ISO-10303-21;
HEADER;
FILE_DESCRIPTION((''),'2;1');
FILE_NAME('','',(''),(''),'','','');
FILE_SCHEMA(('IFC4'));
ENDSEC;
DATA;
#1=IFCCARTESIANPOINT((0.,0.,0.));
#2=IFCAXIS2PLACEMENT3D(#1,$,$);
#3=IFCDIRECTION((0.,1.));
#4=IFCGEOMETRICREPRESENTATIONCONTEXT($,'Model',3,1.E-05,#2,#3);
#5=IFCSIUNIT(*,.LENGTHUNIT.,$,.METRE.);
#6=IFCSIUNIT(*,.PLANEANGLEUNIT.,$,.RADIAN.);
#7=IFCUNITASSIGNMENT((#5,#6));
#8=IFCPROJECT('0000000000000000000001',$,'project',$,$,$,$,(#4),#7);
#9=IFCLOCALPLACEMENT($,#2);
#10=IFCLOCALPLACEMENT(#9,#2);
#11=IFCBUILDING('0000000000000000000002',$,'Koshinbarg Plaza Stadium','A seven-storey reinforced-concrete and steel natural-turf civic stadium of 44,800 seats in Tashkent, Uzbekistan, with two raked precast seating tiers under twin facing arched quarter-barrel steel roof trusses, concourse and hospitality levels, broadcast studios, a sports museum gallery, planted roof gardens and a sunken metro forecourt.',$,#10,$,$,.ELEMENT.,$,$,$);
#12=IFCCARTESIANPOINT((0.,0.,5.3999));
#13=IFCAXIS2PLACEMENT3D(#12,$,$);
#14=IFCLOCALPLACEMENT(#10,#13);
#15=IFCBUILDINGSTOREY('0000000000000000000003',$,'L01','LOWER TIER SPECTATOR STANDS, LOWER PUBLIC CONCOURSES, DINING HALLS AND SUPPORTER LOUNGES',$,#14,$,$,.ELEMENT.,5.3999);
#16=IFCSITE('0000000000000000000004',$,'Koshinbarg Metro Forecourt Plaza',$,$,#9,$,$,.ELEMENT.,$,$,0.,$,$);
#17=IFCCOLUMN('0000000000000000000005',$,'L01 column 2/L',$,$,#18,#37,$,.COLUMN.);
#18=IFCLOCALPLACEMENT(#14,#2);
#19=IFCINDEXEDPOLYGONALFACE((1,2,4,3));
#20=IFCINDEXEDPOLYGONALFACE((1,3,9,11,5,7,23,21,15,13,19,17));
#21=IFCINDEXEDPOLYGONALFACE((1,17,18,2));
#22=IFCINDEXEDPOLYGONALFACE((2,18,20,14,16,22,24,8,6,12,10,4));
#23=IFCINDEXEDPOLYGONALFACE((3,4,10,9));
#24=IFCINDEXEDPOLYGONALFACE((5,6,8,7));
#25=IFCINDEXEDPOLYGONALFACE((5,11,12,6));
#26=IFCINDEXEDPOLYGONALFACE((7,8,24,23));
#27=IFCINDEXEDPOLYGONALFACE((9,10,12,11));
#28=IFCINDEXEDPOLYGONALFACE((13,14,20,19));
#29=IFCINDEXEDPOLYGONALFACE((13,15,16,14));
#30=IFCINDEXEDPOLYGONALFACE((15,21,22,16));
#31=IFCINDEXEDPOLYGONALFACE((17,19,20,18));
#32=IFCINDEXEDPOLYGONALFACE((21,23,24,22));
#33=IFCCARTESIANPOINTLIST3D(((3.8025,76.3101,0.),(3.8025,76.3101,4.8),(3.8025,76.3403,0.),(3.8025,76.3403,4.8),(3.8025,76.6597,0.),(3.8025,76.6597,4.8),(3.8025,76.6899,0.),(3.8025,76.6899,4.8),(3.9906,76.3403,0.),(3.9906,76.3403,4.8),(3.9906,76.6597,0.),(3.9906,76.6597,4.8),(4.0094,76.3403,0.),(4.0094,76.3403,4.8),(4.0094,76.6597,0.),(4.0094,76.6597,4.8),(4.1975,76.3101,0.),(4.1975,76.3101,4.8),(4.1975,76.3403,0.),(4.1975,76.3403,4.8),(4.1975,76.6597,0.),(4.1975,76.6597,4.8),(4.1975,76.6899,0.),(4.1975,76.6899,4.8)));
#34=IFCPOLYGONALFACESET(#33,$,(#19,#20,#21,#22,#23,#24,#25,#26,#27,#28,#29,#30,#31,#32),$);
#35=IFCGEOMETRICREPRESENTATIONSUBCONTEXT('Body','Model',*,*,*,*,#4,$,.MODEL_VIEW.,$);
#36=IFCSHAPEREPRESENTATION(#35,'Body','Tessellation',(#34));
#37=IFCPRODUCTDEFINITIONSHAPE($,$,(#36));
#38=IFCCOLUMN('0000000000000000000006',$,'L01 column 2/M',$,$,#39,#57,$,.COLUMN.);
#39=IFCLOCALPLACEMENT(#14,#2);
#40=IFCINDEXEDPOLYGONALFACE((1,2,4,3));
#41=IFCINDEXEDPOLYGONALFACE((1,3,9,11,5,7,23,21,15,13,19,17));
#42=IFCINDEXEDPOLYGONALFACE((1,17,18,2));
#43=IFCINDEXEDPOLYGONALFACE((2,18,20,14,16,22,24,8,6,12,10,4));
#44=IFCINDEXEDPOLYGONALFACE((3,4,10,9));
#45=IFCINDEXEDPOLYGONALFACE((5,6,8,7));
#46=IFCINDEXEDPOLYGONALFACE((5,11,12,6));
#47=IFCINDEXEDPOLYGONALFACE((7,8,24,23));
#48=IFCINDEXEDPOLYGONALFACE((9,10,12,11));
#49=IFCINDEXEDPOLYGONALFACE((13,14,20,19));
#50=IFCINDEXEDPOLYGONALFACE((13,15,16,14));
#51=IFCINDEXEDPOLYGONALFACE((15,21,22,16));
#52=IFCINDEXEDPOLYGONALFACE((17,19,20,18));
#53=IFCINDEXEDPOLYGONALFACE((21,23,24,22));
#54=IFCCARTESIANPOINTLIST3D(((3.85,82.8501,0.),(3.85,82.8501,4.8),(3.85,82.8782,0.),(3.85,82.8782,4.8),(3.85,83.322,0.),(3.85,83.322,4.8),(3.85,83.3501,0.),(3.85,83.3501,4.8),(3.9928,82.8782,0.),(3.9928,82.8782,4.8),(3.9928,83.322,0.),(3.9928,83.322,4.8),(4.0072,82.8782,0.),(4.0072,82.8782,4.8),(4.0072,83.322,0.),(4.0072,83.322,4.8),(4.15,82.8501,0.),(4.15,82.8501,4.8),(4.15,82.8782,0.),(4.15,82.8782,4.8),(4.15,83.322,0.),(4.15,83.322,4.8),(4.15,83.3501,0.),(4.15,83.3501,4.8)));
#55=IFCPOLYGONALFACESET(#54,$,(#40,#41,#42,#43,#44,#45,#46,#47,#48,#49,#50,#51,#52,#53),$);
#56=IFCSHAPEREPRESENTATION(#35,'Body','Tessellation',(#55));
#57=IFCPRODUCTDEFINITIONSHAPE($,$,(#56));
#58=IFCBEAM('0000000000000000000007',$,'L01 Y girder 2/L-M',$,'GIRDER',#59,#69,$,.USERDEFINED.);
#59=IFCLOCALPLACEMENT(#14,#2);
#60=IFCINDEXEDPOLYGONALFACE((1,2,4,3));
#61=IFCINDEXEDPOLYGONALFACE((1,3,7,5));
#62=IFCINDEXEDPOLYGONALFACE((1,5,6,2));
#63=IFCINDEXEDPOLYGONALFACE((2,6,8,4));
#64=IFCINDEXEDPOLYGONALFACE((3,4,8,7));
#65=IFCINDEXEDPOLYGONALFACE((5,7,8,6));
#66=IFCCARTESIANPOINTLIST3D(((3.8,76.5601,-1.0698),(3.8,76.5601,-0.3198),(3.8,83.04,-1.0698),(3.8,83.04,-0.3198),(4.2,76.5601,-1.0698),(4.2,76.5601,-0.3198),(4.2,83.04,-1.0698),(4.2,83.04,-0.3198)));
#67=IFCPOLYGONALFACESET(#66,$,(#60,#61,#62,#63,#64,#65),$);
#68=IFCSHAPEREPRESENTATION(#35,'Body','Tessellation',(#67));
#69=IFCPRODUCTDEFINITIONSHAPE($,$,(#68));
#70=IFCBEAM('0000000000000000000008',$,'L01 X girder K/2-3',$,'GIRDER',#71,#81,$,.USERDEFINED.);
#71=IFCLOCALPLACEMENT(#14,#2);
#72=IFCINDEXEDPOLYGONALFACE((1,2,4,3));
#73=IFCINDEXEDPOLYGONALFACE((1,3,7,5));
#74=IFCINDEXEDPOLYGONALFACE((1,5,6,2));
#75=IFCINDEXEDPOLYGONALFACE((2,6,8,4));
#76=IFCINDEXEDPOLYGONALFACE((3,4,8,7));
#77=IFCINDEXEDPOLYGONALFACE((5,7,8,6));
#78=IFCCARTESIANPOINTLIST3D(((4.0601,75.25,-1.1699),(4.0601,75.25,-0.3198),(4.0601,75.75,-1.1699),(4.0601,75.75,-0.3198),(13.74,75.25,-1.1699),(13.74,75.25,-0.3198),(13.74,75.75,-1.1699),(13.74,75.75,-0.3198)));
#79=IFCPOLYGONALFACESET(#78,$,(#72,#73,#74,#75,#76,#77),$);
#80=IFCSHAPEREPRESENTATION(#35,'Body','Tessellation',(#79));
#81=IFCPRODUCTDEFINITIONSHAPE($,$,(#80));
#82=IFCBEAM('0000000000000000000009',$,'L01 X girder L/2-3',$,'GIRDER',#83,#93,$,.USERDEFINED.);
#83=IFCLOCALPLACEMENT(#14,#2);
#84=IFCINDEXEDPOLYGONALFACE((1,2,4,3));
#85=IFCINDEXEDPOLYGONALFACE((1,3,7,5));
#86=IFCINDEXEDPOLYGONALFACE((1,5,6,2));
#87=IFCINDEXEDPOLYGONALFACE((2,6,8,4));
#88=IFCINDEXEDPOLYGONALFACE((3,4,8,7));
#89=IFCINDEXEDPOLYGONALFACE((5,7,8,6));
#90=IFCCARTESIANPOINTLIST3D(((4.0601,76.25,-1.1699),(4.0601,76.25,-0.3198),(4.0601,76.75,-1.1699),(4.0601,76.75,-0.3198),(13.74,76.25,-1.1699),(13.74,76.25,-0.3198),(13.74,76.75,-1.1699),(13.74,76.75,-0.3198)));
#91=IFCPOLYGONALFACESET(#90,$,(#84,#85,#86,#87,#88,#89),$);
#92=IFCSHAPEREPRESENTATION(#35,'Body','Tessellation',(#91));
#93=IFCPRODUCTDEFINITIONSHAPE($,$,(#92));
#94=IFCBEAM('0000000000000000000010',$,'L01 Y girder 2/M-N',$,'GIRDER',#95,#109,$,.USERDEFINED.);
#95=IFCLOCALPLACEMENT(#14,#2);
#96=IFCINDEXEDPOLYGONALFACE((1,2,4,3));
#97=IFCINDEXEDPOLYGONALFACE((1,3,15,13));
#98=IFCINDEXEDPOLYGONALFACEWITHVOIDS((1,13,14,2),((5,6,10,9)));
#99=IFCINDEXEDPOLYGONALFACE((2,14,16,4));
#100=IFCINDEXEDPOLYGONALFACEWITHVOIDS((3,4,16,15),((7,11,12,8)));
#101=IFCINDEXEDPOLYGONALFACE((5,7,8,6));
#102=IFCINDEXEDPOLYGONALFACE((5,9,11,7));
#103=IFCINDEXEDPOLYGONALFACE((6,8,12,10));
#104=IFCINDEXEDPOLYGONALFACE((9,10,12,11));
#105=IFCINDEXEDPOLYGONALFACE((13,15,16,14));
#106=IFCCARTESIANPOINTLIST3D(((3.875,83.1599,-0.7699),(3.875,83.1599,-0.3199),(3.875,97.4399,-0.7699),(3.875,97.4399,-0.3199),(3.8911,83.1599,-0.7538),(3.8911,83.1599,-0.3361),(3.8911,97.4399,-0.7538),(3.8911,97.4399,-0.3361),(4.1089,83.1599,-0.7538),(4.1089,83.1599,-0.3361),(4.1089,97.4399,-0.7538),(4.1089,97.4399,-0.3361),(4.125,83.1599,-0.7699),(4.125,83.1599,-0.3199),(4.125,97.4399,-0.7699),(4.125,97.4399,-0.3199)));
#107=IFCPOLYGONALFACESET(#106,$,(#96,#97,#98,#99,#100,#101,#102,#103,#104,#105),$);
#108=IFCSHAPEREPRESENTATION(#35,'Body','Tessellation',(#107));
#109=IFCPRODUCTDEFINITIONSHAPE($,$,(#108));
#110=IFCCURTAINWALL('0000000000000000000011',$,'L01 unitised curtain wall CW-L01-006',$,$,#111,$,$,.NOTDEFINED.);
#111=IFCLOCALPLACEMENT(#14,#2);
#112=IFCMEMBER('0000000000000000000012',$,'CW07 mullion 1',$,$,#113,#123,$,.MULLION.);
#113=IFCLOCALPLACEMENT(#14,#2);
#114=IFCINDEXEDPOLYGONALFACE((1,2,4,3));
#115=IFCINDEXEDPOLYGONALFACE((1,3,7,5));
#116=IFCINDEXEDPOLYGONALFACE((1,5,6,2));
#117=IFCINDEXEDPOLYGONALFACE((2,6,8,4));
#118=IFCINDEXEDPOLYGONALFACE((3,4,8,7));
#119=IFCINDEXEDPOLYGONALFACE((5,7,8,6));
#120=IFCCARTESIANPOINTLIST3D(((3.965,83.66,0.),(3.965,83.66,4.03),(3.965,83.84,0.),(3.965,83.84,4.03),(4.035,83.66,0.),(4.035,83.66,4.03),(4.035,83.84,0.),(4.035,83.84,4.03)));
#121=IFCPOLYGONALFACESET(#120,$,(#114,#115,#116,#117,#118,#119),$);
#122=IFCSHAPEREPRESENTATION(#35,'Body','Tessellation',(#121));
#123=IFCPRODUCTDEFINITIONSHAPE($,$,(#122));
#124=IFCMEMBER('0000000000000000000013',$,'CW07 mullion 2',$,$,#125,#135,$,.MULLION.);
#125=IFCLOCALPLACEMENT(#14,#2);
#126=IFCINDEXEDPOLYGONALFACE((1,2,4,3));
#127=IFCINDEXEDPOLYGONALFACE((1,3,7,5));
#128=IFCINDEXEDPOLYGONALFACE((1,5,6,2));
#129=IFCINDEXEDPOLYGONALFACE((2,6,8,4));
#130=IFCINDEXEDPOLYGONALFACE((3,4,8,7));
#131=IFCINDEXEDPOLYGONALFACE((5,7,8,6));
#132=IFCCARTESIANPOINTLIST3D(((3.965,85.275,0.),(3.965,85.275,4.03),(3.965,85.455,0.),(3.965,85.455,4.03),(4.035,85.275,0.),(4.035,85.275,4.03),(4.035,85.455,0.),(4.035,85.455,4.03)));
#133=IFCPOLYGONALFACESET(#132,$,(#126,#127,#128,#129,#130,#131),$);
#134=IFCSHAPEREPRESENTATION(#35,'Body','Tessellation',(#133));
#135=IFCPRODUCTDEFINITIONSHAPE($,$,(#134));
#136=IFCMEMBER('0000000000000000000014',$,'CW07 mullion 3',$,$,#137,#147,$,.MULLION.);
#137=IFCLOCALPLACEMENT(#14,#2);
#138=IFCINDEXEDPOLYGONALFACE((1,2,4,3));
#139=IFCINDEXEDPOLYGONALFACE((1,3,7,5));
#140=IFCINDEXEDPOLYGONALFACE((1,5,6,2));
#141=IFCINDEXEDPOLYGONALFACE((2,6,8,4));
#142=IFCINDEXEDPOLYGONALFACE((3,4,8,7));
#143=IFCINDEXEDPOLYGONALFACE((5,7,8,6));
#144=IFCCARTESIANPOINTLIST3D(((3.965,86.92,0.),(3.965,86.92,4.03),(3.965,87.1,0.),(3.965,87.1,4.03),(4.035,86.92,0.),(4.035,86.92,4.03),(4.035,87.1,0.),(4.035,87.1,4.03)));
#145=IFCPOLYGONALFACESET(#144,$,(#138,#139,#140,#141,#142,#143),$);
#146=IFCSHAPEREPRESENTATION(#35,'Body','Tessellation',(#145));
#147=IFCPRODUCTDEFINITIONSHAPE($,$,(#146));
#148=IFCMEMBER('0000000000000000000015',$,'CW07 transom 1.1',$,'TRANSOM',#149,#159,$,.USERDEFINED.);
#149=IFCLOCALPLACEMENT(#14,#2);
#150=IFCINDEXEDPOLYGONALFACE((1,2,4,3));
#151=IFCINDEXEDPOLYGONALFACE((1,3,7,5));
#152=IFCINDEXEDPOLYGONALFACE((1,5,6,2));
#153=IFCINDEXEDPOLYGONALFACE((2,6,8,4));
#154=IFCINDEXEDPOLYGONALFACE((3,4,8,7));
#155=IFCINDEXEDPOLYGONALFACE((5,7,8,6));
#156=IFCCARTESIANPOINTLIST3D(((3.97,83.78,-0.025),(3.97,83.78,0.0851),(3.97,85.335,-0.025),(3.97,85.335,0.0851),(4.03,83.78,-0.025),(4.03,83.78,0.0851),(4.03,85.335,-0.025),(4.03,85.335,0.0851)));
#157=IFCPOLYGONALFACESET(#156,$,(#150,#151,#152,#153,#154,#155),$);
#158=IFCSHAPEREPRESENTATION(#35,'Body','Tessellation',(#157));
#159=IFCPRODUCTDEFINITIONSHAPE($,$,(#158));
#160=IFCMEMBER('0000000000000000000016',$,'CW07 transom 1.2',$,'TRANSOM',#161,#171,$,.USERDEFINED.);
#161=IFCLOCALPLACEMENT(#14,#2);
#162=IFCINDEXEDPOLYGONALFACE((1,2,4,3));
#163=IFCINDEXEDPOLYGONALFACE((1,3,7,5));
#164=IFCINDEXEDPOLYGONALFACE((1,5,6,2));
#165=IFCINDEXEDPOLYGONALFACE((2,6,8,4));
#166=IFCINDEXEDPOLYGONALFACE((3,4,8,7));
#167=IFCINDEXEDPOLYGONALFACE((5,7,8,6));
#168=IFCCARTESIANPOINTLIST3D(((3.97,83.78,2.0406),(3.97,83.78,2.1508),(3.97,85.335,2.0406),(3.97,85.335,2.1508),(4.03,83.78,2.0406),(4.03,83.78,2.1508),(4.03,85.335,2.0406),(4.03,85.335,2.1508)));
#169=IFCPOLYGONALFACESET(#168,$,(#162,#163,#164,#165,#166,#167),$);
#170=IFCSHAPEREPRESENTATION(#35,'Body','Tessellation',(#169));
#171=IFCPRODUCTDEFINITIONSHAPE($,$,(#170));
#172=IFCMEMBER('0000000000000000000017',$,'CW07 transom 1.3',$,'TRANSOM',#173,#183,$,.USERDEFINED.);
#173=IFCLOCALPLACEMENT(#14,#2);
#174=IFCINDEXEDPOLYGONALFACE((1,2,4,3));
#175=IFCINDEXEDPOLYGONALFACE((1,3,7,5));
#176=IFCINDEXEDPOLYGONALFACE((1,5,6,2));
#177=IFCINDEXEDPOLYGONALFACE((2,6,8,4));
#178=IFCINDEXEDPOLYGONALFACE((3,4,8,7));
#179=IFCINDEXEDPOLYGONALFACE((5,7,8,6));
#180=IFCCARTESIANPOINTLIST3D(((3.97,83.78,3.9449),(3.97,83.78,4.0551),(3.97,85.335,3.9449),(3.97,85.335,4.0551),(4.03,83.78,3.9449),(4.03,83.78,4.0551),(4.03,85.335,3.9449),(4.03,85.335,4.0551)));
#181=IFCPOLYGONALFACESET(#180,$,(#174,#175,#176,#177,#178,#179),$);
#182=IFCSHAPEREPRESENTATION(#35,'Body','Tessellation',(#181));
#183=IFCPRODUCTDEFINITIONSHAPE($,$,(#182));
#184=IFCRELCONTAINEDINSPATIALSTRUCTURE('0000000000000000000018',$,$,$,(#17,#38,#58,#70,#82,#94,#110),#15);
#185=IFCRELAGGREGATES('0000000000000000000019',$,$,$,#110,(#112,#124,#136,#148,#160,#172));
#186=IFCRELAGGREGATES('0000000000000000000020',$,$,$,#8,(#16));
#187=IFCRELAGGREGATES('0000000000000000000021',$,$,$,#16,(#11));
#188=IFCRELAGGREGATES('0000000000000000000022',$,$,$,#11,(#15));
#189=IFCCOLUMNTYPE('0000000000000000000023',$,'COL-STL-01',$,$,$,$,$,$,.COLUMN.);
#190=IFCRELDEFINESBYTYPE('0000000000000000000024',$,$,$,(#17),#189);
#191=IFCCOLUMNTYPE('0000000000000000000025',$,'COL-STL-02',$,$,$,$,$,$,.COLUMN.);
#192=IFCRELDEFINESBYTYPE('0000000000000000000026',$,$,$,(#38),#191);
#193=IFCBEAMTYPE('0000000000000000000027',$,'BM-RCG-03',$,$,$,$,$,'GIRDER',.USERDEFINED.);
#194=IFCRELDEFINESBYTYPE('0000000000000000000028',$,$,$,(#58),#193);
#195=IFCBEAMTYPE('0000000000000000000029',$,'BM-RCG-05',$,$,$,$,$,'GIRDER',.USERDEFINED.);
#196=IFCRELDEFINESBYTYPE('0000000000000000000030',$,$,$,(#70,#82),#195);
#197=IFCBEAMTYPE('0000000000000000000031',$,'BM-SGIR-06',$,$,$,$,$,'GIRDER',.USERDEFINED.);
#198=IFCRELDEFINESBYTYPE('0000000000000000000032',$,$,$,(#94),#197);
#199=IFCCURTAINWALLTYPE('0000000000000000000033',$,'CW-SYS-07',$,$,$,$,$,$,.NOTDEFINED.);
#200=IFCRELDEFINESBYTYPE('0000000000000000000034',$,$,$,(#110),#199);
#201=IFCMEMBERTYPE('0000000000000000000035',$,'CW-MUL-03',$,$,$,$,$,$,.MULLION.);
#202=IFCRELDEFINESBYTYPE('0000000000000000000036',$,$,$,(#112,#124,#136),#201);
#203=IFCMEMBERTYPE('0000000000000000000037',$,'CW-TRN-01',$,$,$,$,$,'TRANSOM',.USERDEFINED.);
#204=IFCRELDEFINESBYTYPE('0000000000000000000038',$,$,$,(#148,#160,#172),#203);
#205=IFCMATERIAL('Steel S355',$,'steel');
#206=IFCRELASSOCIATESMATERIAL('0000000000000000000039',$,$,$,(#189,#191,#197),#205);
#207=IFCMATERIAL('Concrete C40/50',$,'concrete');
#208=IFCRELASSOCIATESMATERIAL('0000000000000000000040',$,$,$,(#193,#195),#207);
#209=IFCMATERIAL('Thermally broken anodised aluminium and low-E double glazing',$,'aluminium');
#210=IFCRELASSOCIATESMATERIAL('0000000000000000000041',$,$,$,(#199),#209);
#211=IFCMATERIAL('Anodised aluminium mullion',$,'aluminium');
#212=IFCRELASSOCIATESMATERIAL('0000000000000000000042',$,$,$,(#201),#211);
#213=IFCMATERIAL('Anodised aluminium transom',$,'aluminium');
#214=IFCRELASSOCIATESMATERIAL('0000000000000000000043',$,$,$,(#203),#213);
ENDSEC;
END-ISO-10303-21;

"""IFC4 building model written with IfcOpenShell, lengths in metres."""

from ifc_helpers import new_model, si_unit, direction, frame, origin, origin_2d, place, context, subcontext, project, spatial, rectangle, hollow_rectangle, i_section, extrude, material, material_profile, profile_set, type_object, element, aggregate, save


model = new_model("IFC4")

# Units and contexts
model_context = context("Model", 3, precision=1e-05, world=origin(), true_north=direction((0.0, 1.0)))
body_context = subcontext(model_context, "Body", "Model", "MODEL_VIEW")
ifc_project = project(units=[si_unit("LENGTHUNIT", "METRE"), si_unit("PLANEANGLEUNIT", "RADIAN")], contexts=[model_context])

# Site, building, storey
site_placement = place(None, origin())
site = spatial("IfcSite", under=ifc_project, at=site_placement, Name="Koshinbarg Metro Forecourt Plaza", CompositionType="ELEMENT", RefElevation=0.0)
building_placement = place(site_placement, origin())
building = spatial("IfcBuilding", under=site, at=building_placement, Name="Koshinbarg Plaza Stadium", Description="A seven-storey reinforced-concrete and steel natural-turf civic stadium of 44,800 seats in Tashkent, Uzbekistan, with two raked precast seating tiers under twin facing arched quarter-barrel steel roof trusses, concourse and hospitality levels, broadcast studios, a sports museum gallery, planted roof gardens and a sunken metro forecourt.", CompositionType="ELEMENT")
storey_placement = place(building_placement, frame((0.0, 0.0, 5.3999)))
storey = spatial("IfcBuildingStorey", under=building, at=storey_placement, Name="L01", Description="LOWER TIER SPECTATOR STANDS, LOWER PUBLIC CONCOURSES, DINING HALLS AND SUPPORTER LOUNGES", CompositionType="ELEMENT", Elevation=5.3999)

# Columns
ifc_material_1 = material(Name="Steel S355", Category="steel")
ifc_material_profile_1 = material_profile(ifc_material_1, i_section(OverallWidth=0.395, OverallDepth=0.3799, WebThickness=0.0188, FlangeThickness=0.0303, at=origin_2d()), Name="HD 400x237")
ifc_profile_set_1 = profile_set([ifc_material_profile_1], Name="Steel S355")
column_type_1 = type_object("IfcColumnType", Name="COL-STL-01", PredefinedType="COLUMN", material=ifc_profile_set_1)
column_1_placement = place(storey_placement, frame((4.0, 76.5, 0.0), z_axis=(0.0, 0.0, 1.0), x_axis=(1.0, 0.0, 0.0)))
element("IfcColumn", 1, at=column_1_placement, inside=storey, type_object=column_type_1, Name="L01 column 2/L", PredefinedType="COLUMN", context=body_context, shape_type="SweptSolid", body=[
    extrude(i_section(OverallWidth=0.395, OverallDepth=0.3799, WebThickness=0.0188, FlangeThickness=0.0303, at=origin_2d()), origin(), (0.0, 0.0, 1.0), 4.8),
])
ifc_material_profile_2 = material_profile(ifc_material_1, i_section(OverallWidth=0.3, OverallDepth=0.5, WebThickness=0.0144, FlangeThickness=0.0281, at=origin_2d()), Name="HEB 500")
ifc_profile_set_2 = profile_set([ifc_material_profile_2], Name="Steel S355")
column_type_2 = type_object("IfcColumnType", Name="COL-STL-02", PredefinedType="COLUMN", material=ifc_profile_set_2)
column_2_placement = place(storey_placement, frame((4.0, 83.1001, 0.0), z_axis=(0.0, 0.0, 1.0), x_axis=(1.0, 0.0, 0.0)))
element("IfcColumn", 2, at=column_2_placement, inside=storey, type_object=column_type_2, Name="L01 column 2/M", PredefinedType="COLUMN", context=body_context, shape_type="SweptSolid", body=[
    extrude(i_section(OverallWidth=0.3, OverallDepth=0.5, WebThickness=0.0144, FlangeThickness=0.0281, at=origin_2d()), origin(), (0.0, 0.0, 1.0), 4.8),
])

# Beams
ifc_material_2 = material(Name="Concrete C40/50", Category="concrete")
ifc_material_profile_3 = material_profile(ifc_material_2, rectangle(XDim=0.3999, YDim=0.75, at=origin_2d()), Name="RC 400x750")
ifc_profile_set_3 = profile_set([ifc_material_profile_3], Name="Concrete C40/50")
beam_type_1 = type_object("IfcBeamType", Name="BM-RCG-03", ElementType="GIRDER", PredefinedType="USERDEFINED", material=ifc_profile_set_3)
beam_1_placement = place(storey_placement, frame((4.0, 76.5601, -0.6948), z_axis=(0.0, 1.0, 0.0), x_axis=(-1.0, 0.0, 0.0)))
element("IfcBeam", 3, at=beam_1_placement, inside=storey, type_object=beam_type_1, Name="L01 Y girder 2/L-M", ObjectType="GIRDER", PredefinedType="USERDEFINED", context=body_context, shape_type="SweptSolid", body=[
    extrude(rectangle(XDim=0.3999, YDim=0.75, at=origin_2d()), origin(), (0.0, 0.0, 1.0), 6.48),
])
ifc_material_profile_4 = material_profile(ifc_material_2, rectangle(XDim=0.5, YDim=0.8501, at=origin_2d()), Name="RC 500x850")
ifc_profile_set_4 = profile_set([ifc_material_profile_4], Name="Concrete C40/50")
beam_type_2 = type_object("IfcBeamType", Name="BM-RCG-05", ElementType="GIRDER", PredefinedType="USERDEFINED", material=ifc_profile_set_4)
for number, where, z_axis, x_axis, name in (
    (4, (4.0601, 75.5, -0.7449), (1.0, 0.0, 0.0), (0.0, 1.0, 0.0), "L01 X girder K/2-3"),
    (5, (4.0601, 76.5, -0.7449), (1.0, 0.0, 0.0), (0.0, 1.0, 0.0), "L01 X girder L/2-3"),
):
    element("IfcBeam", number, at=place(storey_placement, frame(where, z_axis=z_axis, x_axis=x_axis)), inside=storey, type_object=beam_type_2, Name=name, ObjectType="GIRDER", PredefinedType="USERDEFINED", context=body_context, shape_type="SweptSolid", body=[
        extrude(rectangle(XDim=0.5, YDim=0.8501, at=origin_2d()), origin(), (0.0, 0.0, 1.0), 9.6799),
    ])
ifc_material_profile_5 = material_profile(ifc_material_1, hollow_rectangle(XDim=0.25, YDim=0.45, WallThickness=0.0161, at=origin_2d()), Name="RHS 450x250x16")
ifc_profile_set_5 = profile_set([ifc_material_profile_5], Name="Steel S355")
beam_type_3 = type_object("IfcBeamType", Name="BM-SGIR-06", ElementType="GIRDER", PredefinedType="USERDEFINED", material=ifc_profile_set_5)
beam_2_placement = place(storey_placement, frame((4.0, 83.1599, -0.5449), z_axis=(0.0, 1.0, 0.0), x_axis=(-1.0, 0.0, 0.0)))
element("IfcBeam", 6, at=beam_2_placement, inside=storey, type_object=beam_type_3, Name="L01 Y girder 2/M-N", ObjectType="GIRDER", PredefinedType="USERDEFINED", context=body_context, shape_type="SweptSolid", body=[
    extrude(hollow_rectangle(XDim=0.25, YDim=0.45, WallThickness=0.0161, at=origin_2d()), origin(), (0.0, 0.0, 1.0), 14.28),
])

# Curtain wall, members
ifc_material_3 = material(Name="Thermally broken anodised aluminium and low-E double glazing", Category="aluminium")
curtain_wall_type = type_object("IfcCurtainWallType", Name="CW-SYS-07", PredefinedType="NOTDEFINED", material=ifc_material_3)
curtain_wall_placement = place(storey_placement, origin())
curtain_wall = element("IfcCurtainWall", 7, at=curtain_wall_placement, inside=storey, type_object=curtain_wall_type, Name="L01 unitised curtain wall CW-L01-006", PredefinedType="NOTDEFINED")
ifc_material_4 = material(Name="Anodised aluminium mullion", Category="aluminium")
ifc_material_profile_6 = material_profile(ifc_material_4, rectangle(XDim=0.0701, YDim=0.1799, at=origin_2d()), Name="ALU 70x180")
ifc_profile_set_6 = profile_set([ifc_material_profile_6], Name="Anodised aluminium mullion")
member_type_1 = type_object("IfcMemberType", Name="CW-MUL-03", PredefinedType="MULLION", material=ifc_profile_set_6)
member_1_placement = place(storey_placement, frame((4.0, 83.75, 0.0), z_axis=(0.0, 0.0, 1.0), x_axis=(-1.0, 0.0, 0.0)))
member_1 = element("IfcMember", 8, at=member_1_placement, type_object=member_type_1, Name="CW07 mullion 1", PredefinedType="MULLION", context=body_context, shape_type="SweptSolid", body=[
    extrude(rectangle(XDim=0.0701, YDim=0.1799, at=origin_2d()), origin(), (0.0, 0.0, 1.0), 4.03),
])
member_2_placement = place(storey_placement, frame((4.0, 85.365, 0.0), z_axis=(0.0, 0.0, 1.0), x_axis=(-1.0, 0.0, 0.0)))
member_2 = element("IfcMember", 9, at=member_2_placement, type_object=member_type_1, Name="CW07 mullion 2", PredefinedType="MULLION", context=body_context, shape_type="SweptSolid", body=[
    extrude(rectangle(XDim=0.0701, YDim=0.1799, at=origin_2d()), origin(), (0.0, 0.0, 1.0), 4.03),
])
member_3_placement = place(storey_placement, frame((4.0, 87.01, 0.0), z_axis=(0.0, 0.0, 1.0), x_axis=(-1.0, 0.0, 0.0)))
member_3 = element("IfcMember", 10, at=member_3_placement, type_object=member_type_1, Name="CW07 mullion 3", PredefinedType="MULLION", context=body_context, shape_type="SweptSolid", body=[
    extrude(rectangle(XDim=0.0701, YDim=0.1799, at=origin_2d()), origin(), (0.0, 0.0, 1.0), 4.03),
])
ifc_material_5 = material(Name="Anodised aluminium transom", Category="aluminium")
ifc_material_profile_7 = material_profile(ifc_material_5, rectangle(XDim=0.0601, YDim=0.1101, at=origin_2d()), Name="ALU 60x110")
ifc_profile_set_7 = profile_set([ifc_material_profile_7], Name="Anodised aluminium transom")
member_type_2 = type_object("IfcMemberType", Name="CW-TRN-01", ElementType="TRANSOM", PredefinedType="USERDEFINED", material=ifc_profile_set_7)
member_4_placement = place(storey_placement, frame((4.0, 83.78, 0.03), z_axis=(0.0, 1.0, 0.0), x_axis=(-1.0, 0.0, 0.0)))
member_4 = element("IfcMember", 11, at=member_4_placement, type_object=member_type_2, Name="CW07 transom 1.1", ObjectType="TRANSOM", PredefinedType="USERDEFINED", context=body_context, shape_type="SweptSolid", body=[
    extrude(rectangle(XDim=0.0601, YDim=0.1101, at=origin_2d()), origin(), (0.0, 0.0, 1.0), 1.5549),
])
member_5_placement = place(storey_placement, frame((4.0, 83.78, 2.0957), z_axis=(0.0, 1.0, 0.0), x_axis=(-1.0, 0.0, 0.0)))
member_5 = element("IfcMember", 12, at=member_5_placement, type_object=member_type_2, Name="CW07 transom 1.2", ObjectType="TRANSOM", PredefinedType="USERDEFINED", context=body_context, shape_type="SweptSolid", body=[
    extrude(rectangle(XDim=0.0601, YDim=0.1101, at=origin_2d()), origin(), (0.0, 0.0, 1.0), 1.5549),
])
member_6_placement = place(storey_placement, frame((4.0, 83.78, 4.0), z_axis=(0.0, 1.0, 0.0), x_axis=(-1.0, 0.0, 0.0)))
member_6 = element("IfcMember", 13, at=member_6_placement, type_object=member_type_2, Name="CW07 transom 1.3", ObjectType="TRANSOM", PredefinedType="USERDEFINED", context=body_context, shape_type="SweptSolid", body=[
    extrude(rectangle(XDim=0.0601, YDim=0.1101, at=origin_2d()), origin(), (0.0, 0.0, 1.0), 1.5549),
])
aggregate(curtain_wall, [member_1, member_2, member_3, member_4, member_5, member_6])

save(model, "model.ifc")
